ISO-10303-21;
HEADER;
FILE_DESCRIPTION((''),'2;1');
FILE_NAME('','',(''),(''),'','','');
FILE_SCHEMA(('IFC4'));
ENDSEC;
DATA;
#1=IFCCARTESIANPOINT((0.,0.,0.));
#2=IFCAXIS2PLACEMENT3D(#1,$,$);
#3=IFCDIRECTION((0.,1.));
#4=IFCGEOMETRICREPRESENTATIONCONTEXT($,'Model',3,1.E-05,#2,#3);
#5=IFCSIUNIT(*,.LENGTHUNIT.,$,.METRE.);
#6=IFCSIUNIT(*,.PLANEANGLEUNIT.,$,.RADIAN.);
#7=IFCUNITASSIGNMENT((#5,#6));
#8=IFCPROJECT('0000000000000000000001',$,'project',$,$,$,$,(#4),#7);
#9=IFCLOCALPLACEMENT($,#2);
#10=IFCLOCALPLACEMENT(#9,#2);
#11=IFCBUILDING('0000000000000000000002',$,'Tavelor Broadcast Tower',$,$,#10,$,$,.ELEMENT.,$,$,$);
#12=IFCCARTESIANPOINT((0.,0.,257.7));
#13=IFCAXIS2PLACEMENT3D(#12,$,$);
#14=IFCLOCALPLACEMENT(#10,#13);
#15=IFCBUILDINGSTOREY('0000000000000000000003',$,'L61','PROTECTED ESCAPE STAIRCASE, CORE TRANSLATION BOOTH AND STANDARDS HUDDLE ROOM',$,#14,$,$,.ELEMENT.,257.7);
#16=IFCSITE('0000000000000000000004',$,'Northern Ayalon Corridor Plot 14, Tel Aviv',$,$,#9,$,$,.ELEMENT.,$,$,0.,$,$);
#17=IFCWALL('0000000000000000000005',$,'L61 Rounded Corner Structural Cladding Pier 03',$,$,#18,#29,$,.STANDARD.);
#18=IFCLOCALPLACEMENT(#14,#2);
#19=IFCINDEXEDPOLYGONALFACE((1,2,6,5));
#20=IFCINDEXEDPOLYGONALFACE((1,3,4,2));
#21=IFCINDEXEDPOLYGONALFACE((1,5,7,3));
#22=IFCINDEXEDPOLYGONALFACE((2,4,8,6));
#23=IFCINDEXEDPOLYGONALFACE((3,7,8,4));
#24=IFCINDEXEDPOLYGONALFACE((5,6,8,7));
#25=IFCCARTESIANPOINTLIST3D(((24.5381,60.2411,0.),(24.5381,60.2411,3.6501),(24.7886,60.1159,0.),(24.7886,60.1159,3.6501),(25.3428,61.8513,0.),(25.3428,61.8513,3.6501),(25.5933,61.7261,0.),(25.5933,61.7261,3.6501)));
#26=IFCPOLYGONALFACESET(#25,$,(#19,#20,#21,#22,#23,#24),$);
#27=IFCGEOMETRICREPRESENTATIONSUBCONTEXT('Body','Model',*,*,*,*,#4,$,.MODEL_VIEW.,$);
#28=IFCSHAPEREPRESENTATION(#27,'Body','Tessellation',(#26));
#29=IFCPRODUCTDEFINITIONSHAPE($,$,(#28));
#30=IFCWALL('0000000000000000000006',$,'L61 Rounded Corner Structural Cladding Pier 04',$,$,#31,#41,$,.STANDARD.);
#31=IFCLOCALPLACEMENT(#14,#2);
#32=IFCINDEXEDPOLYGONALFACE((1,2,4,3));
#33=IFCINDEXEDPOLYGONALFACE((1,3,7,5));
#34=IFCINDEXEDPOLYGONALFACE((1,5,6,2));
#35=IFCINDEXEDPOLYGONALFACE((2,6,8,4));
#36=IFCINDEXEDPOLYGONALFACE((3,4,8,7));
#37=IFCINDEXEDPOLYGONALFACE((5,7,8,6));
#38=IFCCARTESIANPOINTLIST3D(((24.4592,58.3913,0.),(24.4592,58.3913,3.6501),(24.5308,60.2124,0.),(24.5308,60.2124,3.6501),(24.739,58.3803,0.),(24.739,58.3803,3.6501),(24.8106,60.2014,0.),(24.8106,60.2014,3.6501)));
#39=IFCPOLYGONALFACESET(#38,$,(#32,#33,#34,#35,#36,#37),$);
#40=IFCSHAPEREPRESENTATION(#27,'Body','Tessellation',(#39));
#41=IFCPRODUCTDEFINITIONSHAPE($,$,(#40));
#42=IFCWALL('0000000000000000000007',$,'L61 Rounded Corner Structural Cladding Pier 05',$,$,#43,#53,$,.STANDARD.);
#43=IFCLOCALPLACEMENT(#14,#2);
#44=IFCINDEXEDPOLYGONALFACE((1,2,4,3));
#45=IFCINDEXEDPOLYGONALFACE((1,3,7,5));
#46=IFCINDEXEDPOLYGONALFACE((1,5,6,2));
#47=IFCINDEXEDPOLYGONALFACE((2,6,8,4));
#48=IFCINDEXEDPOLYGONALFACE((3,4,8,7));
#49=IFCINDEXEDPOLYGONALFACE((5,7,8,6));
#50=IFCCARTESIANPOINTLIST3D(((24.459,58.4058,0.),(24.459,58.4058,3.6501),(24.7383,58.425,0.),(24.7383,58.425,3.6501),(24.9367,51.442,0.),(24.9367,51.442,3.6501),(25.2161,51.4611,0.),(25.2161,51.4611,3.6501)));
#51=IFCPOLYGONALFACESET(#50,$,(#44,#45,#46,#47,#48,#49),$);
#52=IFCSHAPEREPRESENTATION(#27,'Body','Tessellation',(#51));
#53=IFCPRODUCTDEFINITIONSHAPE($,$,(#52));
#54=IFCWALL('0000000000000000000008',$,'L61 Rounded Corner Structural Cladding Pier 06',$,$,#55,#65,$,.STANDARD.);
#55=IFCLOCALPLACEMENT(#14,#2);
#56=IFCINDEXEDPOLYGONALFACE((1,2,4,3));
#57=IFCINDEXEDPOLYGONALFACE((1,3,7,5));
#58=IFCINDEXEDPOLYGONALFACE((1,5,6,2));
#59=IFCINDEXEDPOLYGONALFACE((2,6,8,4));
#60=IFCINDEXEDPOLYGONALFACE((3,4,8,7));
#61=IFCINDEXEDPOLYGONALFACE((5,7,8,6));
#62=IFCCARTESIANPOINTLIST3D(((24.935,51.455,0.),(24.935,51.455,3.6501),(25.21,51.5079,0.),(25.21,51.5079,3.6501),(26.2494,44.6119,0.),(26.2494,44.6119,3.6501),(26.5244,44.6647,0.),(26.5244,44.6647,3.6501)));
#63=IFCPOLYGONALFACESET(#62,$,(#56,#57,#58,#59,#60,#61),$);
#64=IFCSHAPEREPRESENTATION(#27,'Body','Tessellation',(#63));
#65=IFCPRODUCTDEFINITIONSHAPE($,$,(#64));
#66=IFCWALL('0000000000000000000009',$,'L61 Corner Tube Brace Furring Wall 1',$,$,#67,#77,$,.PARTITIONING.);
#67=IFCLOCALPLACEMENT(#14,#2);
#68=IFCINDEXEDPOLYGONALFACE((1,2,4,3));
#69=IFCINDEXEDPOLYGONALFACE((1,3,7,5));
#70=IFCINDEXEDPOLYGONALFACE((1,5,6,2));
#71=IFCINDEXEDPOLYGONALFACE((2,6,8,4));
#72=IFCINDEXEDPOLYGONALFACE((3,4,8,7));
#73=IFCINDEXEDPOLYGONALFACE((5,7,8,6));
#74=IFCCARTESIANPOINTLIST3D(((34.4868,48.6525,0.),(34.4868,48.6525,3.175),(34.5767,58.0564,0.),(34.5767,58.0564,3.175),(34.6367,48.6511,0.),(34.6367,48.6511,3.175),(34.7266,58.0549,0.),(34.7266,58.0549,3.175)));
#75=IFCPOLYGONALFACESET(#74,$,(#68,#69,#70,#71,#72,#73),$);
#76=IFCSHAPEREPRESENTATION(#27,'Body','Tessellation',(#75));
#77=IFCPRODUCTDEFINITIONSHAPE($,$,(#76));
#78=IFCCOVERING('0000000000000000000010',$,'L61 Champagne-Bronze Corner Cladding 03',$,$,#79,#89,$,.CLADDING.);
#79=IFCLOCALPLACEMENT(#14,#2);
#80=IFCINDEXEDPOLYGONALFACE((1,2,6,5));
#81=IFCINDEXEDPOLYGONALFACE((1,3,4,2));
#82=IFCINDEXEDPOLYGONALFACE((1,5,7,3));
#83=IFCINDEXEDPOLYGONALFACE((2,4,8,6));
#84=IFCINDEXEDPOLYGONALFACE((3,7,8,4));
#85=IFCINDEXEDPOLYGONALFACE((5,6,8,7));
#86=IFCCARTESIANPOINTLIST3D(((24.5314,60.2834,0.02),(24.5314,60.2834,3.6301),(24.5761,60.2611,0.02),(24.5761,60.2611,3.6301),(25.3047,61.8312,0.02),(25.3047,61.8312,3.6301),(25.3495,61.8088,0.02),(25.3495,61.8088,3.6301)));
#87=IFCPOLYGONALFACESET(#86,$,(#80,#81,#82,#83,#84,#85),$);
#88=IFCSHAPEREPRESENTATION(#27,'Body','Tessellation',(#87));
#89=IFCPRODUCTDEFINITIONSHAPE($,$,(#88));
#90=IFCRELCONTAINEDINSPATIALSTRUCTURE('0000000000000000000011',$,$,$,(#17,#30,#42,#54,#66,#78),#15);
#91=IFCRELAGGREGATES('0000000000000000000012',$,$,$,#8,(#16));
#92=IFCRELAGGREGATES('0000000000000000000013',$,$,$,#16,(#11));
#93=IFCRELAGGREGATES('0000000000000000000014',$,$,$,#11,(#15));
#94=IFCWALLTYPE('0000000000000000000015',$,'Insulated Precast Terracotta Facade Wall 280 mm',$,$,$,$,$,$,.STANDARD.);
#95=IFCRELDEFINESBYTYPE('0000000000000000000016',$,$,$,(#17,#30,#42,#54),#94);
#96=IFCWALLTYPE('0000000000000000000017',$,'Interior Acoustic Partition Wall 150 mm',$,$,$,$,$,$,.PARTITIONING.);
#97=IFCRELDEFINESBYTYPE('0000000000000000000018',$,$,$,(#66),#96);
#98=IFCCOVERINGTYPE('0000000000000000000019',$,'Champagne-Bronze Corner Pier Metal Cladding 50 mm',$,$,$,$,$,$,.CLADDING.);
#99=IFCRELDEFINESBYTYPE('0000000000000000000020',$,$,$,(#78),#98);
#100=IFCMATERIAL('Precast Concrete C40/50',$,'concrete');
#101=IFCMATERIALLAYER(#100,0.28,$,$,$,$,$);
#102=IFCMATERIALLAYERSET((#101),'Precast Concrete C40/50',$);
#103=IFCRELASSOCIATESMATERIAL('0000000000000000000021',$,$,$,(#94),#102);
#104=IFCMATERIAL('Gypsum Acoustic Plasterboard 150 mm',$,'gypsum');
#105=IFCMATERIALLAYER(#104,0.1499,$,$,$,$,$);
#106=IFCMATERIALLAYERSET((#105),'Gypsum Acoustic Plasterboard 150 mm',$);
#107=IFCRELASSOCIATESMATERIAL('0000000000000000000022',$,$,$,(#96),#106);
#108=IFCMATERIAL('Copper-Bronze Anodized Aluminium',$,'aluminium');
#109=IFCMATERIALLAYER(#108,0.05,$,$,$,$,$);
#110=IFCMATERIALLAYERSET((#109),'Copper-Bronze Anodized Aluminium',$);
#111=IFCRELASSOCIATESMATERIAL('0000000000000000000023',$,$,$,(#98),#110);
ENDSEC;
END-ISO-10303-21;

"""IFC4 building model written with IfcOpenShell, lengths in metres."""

from ifc_helpers import new_model, si_unit, direction, frame, frame_2d, origin, origin_2d, place, context, subcontext, project, spatial, rectangle, extrude, material, layer, layer_set, type_object, element, save


model = new_model("IFC4")

# Units and contexts
model_context = context("Model", 3, precision=1e-05, world=origin(), true_north=direction((0.0, 1.0)))
body_context = subcontext(model_context, "Body", "Model", "MODEL_VIEW")
ifc_project = project(units=[si_unit("LENGTHUNIT", "METRE"), si_unit("PLANEANGLEUNIT", "RADIAN")], contexts=[model_context])

# Site, building, storey
site_placement = place(None, origin())
site = spatial("IfcSite", under=ifc_project, at=site_placement, Name="Northern Ayalon Corridor Plot 14, Tel Aviv", CompositionType="ELEMENT", RefElevation=0.0)
building_placement = place(site_placement, origin())
building = spatial("IfcBuilding", under=site, at=building_placement, Name="Tavelor Broadcast Tower", CompositionType="ELEMENT")
storey_placement = place(building_placement, frame((0.0, 0.0, 257.7)))
storey = spatial("IfcBuildingStorey", under=building, at=storey_placement, Name="L61", Description="PROTECTED ESCAPE STAIRCASE, CORE TRANSLATION BOOTH AND STANDARDS HUDDLE ROOM", CompositionType="ELEMENT", Elevation=257.7)

# Walls
ifc_material_1 = material(Name="Precast Concrete C40/50", Category="concrete")
ifc_layer_1 = layer(ifc_material_1, 0.28)
ifc_layer_set_1 = layer_set([ifc_layer_1], Name="Precast Concrete C40/50")
wall_type_1 = type_object("IfcWallType", Name="Insulated Precast Terracotta Facade Wall 280 mm", PredefinedType="STANDARD", material=ifc_layer_set_1)
wall_1_placement = place(storey_placement, frame((25.468, 61.7886, 0.0), z_axis=(0.0, 0.0, 1.0), x_axis=(-0.447051, -0.894509, 0.0)))
element("IfcWall", 1, at=wall_1_placement, inside=storey, type_object=wall_type_1, Name="L61 Rounded Corner Structural Cladding Pier 03", PredefinedType="STANDARD", context=body_context, shape_type="SweptSolid", body=[
    extrude(rectangle(XDim=1.8, YDim=0.28, at=frame_2d((0.8999, 0.0))), origin(), (0.0, 0.0, 1.0), 3.6501),
])
wall_2_placement = place(storey_placement, frame((24.6707, 60.2068, 0.0), z_axis=(0.0, 0.0, 1.0), x_axis=(-0.039251, -0.999229, 0.0)))
element("IfcWall", 2, at=wall_2_placement, inside=storey, type_object=wall_type_1, Name="L61 Rounded Corner Structural Cladding Pier 04", PredefinedType="STANDARD", context=body_context, shape_type="SweptSolid", body=[
    extrude(rectangle(XDim=1.8225, YDim=0.28, at=frame_2d((0.9111, 0.0))), origin(), (0.0, 0.0, 1.0), 3.6501),
])
wall_3_placement = place(storey_placement, frame((24.5986, 58.4155, 0.0), z_axis=(0.0, 0.0, 1.0), x_axis=(0.068448, -0.997655, 0.0)))
element("IfcWall", 3, at=wall_3_placement, inside=storey, type_object=wall_type_1, Name="L61 Rounded Corner Structural Cladding Pier 05", PredefinedType="STANDARD", context=body_context, shape_type="SweptSolid", body=[
    extrude(rectangle(XDim=6.9802, YDim=0.28, at=frame_2d((3.4902, 0.0))), origin(), (0.0, 0.0, 1.0), 3.6501),
])
wall_4_placement = place(storey_placement, frame((25.0725, 51.4814, 0.0), z_axis=(0.0, 0.0, 1.0), x_axis=(0.188632, -0.982048, 0.0)))
element("IfcWall", 4, at=wall_4_placement, inside=storey, type_object=wall_type_1, Name="L61 Rounded Corner Structural Cladding Pier 06", PredefinedType="STANDARD", context=body_context, shape_type="SweptSolid", body=[
    extrude(rectangle(XDim=6.9683, YDim=0.28, at=frame_2d((3.4841, 0.0))), origin(), (0.0, 0.0, 1.0), 3.6501),
])
ifc_material_2 = material(Name="Gypsum Acoustic Plasterboard 150 mm", Category="gypsum")
ifc_layer_2 = layer(ifc_material_2, 0.1499)
ifc_layer_set_2 = layer_set([ifc_layer_2], Name="Gypsum Acoustic Plasterboard 150 mm")
wall_type_2 = type_object("IfcWallType", Name="Interior Acoustic Partition Wall 150 mm", PredefinedType="PARTITIONING", material=ifc_layer_set_2)
wall_5_placement = place(storey_placement, frame((34.6516, 58.0557, 0.0), z_axis=(0.0, 0.0, 1.0), x_axis=(-0.009554, -0.999954, 0.0)))
element("IfcWall", 5, at=wall_5_placement, inside=storey, type_object=wall_type_2, Name="L61 Corner Tube Brace Furring Wall 1", PredefinedType="PARTITIONING", context=body_context, shape_type="SweptSolid", body=[
    extrude(rectangle(XDim=9.4043, YDim=0.1499, at=frame_2d((4.7021, 0.0))), origin(), (0.0, 0.0, 1.0), 3.175),
])

# Covering
ifc_material_3 = material(Name="Copper-Bronze Anodized Aluminium", Category="aluminium")
ifc_layer_3 = layer(ifc_material_3, 0.05)
ifc_layer_set_3 = layer_set([ifc_layer_3], Name="Copper-Bronze Anodized Aluminium")
covering_type = type_object("IfcCoveringType", Name="Champagne-Bronze Corner Pier Metal Cladding 50 mm", PredefinedType="CLADDING", material=ifc_layer_set_3)
covering_placement = place(storey_placement, frame((24.9404, 61.0461, 0.02), z_axis=(0.0, 0.0, 1.0), x_axis=(-0.446979, -0.894545, 0.0)))
element("IfcCovering", 6, at=covering_placement, inside=storey, type_object=covering_type, Name="L61 Champagne-Bronze Corner Cladding 03", PredefinedType="CLADDING", context=body_context, shape_type="SweptSolid", body=[
    extrude(rectangle(XDim=1.7302, YDim=0.05, at=origin_2d()), origin(), (0.0, 0.0, 1.0), 3.6101),
])

save(model, "model.ifc")
